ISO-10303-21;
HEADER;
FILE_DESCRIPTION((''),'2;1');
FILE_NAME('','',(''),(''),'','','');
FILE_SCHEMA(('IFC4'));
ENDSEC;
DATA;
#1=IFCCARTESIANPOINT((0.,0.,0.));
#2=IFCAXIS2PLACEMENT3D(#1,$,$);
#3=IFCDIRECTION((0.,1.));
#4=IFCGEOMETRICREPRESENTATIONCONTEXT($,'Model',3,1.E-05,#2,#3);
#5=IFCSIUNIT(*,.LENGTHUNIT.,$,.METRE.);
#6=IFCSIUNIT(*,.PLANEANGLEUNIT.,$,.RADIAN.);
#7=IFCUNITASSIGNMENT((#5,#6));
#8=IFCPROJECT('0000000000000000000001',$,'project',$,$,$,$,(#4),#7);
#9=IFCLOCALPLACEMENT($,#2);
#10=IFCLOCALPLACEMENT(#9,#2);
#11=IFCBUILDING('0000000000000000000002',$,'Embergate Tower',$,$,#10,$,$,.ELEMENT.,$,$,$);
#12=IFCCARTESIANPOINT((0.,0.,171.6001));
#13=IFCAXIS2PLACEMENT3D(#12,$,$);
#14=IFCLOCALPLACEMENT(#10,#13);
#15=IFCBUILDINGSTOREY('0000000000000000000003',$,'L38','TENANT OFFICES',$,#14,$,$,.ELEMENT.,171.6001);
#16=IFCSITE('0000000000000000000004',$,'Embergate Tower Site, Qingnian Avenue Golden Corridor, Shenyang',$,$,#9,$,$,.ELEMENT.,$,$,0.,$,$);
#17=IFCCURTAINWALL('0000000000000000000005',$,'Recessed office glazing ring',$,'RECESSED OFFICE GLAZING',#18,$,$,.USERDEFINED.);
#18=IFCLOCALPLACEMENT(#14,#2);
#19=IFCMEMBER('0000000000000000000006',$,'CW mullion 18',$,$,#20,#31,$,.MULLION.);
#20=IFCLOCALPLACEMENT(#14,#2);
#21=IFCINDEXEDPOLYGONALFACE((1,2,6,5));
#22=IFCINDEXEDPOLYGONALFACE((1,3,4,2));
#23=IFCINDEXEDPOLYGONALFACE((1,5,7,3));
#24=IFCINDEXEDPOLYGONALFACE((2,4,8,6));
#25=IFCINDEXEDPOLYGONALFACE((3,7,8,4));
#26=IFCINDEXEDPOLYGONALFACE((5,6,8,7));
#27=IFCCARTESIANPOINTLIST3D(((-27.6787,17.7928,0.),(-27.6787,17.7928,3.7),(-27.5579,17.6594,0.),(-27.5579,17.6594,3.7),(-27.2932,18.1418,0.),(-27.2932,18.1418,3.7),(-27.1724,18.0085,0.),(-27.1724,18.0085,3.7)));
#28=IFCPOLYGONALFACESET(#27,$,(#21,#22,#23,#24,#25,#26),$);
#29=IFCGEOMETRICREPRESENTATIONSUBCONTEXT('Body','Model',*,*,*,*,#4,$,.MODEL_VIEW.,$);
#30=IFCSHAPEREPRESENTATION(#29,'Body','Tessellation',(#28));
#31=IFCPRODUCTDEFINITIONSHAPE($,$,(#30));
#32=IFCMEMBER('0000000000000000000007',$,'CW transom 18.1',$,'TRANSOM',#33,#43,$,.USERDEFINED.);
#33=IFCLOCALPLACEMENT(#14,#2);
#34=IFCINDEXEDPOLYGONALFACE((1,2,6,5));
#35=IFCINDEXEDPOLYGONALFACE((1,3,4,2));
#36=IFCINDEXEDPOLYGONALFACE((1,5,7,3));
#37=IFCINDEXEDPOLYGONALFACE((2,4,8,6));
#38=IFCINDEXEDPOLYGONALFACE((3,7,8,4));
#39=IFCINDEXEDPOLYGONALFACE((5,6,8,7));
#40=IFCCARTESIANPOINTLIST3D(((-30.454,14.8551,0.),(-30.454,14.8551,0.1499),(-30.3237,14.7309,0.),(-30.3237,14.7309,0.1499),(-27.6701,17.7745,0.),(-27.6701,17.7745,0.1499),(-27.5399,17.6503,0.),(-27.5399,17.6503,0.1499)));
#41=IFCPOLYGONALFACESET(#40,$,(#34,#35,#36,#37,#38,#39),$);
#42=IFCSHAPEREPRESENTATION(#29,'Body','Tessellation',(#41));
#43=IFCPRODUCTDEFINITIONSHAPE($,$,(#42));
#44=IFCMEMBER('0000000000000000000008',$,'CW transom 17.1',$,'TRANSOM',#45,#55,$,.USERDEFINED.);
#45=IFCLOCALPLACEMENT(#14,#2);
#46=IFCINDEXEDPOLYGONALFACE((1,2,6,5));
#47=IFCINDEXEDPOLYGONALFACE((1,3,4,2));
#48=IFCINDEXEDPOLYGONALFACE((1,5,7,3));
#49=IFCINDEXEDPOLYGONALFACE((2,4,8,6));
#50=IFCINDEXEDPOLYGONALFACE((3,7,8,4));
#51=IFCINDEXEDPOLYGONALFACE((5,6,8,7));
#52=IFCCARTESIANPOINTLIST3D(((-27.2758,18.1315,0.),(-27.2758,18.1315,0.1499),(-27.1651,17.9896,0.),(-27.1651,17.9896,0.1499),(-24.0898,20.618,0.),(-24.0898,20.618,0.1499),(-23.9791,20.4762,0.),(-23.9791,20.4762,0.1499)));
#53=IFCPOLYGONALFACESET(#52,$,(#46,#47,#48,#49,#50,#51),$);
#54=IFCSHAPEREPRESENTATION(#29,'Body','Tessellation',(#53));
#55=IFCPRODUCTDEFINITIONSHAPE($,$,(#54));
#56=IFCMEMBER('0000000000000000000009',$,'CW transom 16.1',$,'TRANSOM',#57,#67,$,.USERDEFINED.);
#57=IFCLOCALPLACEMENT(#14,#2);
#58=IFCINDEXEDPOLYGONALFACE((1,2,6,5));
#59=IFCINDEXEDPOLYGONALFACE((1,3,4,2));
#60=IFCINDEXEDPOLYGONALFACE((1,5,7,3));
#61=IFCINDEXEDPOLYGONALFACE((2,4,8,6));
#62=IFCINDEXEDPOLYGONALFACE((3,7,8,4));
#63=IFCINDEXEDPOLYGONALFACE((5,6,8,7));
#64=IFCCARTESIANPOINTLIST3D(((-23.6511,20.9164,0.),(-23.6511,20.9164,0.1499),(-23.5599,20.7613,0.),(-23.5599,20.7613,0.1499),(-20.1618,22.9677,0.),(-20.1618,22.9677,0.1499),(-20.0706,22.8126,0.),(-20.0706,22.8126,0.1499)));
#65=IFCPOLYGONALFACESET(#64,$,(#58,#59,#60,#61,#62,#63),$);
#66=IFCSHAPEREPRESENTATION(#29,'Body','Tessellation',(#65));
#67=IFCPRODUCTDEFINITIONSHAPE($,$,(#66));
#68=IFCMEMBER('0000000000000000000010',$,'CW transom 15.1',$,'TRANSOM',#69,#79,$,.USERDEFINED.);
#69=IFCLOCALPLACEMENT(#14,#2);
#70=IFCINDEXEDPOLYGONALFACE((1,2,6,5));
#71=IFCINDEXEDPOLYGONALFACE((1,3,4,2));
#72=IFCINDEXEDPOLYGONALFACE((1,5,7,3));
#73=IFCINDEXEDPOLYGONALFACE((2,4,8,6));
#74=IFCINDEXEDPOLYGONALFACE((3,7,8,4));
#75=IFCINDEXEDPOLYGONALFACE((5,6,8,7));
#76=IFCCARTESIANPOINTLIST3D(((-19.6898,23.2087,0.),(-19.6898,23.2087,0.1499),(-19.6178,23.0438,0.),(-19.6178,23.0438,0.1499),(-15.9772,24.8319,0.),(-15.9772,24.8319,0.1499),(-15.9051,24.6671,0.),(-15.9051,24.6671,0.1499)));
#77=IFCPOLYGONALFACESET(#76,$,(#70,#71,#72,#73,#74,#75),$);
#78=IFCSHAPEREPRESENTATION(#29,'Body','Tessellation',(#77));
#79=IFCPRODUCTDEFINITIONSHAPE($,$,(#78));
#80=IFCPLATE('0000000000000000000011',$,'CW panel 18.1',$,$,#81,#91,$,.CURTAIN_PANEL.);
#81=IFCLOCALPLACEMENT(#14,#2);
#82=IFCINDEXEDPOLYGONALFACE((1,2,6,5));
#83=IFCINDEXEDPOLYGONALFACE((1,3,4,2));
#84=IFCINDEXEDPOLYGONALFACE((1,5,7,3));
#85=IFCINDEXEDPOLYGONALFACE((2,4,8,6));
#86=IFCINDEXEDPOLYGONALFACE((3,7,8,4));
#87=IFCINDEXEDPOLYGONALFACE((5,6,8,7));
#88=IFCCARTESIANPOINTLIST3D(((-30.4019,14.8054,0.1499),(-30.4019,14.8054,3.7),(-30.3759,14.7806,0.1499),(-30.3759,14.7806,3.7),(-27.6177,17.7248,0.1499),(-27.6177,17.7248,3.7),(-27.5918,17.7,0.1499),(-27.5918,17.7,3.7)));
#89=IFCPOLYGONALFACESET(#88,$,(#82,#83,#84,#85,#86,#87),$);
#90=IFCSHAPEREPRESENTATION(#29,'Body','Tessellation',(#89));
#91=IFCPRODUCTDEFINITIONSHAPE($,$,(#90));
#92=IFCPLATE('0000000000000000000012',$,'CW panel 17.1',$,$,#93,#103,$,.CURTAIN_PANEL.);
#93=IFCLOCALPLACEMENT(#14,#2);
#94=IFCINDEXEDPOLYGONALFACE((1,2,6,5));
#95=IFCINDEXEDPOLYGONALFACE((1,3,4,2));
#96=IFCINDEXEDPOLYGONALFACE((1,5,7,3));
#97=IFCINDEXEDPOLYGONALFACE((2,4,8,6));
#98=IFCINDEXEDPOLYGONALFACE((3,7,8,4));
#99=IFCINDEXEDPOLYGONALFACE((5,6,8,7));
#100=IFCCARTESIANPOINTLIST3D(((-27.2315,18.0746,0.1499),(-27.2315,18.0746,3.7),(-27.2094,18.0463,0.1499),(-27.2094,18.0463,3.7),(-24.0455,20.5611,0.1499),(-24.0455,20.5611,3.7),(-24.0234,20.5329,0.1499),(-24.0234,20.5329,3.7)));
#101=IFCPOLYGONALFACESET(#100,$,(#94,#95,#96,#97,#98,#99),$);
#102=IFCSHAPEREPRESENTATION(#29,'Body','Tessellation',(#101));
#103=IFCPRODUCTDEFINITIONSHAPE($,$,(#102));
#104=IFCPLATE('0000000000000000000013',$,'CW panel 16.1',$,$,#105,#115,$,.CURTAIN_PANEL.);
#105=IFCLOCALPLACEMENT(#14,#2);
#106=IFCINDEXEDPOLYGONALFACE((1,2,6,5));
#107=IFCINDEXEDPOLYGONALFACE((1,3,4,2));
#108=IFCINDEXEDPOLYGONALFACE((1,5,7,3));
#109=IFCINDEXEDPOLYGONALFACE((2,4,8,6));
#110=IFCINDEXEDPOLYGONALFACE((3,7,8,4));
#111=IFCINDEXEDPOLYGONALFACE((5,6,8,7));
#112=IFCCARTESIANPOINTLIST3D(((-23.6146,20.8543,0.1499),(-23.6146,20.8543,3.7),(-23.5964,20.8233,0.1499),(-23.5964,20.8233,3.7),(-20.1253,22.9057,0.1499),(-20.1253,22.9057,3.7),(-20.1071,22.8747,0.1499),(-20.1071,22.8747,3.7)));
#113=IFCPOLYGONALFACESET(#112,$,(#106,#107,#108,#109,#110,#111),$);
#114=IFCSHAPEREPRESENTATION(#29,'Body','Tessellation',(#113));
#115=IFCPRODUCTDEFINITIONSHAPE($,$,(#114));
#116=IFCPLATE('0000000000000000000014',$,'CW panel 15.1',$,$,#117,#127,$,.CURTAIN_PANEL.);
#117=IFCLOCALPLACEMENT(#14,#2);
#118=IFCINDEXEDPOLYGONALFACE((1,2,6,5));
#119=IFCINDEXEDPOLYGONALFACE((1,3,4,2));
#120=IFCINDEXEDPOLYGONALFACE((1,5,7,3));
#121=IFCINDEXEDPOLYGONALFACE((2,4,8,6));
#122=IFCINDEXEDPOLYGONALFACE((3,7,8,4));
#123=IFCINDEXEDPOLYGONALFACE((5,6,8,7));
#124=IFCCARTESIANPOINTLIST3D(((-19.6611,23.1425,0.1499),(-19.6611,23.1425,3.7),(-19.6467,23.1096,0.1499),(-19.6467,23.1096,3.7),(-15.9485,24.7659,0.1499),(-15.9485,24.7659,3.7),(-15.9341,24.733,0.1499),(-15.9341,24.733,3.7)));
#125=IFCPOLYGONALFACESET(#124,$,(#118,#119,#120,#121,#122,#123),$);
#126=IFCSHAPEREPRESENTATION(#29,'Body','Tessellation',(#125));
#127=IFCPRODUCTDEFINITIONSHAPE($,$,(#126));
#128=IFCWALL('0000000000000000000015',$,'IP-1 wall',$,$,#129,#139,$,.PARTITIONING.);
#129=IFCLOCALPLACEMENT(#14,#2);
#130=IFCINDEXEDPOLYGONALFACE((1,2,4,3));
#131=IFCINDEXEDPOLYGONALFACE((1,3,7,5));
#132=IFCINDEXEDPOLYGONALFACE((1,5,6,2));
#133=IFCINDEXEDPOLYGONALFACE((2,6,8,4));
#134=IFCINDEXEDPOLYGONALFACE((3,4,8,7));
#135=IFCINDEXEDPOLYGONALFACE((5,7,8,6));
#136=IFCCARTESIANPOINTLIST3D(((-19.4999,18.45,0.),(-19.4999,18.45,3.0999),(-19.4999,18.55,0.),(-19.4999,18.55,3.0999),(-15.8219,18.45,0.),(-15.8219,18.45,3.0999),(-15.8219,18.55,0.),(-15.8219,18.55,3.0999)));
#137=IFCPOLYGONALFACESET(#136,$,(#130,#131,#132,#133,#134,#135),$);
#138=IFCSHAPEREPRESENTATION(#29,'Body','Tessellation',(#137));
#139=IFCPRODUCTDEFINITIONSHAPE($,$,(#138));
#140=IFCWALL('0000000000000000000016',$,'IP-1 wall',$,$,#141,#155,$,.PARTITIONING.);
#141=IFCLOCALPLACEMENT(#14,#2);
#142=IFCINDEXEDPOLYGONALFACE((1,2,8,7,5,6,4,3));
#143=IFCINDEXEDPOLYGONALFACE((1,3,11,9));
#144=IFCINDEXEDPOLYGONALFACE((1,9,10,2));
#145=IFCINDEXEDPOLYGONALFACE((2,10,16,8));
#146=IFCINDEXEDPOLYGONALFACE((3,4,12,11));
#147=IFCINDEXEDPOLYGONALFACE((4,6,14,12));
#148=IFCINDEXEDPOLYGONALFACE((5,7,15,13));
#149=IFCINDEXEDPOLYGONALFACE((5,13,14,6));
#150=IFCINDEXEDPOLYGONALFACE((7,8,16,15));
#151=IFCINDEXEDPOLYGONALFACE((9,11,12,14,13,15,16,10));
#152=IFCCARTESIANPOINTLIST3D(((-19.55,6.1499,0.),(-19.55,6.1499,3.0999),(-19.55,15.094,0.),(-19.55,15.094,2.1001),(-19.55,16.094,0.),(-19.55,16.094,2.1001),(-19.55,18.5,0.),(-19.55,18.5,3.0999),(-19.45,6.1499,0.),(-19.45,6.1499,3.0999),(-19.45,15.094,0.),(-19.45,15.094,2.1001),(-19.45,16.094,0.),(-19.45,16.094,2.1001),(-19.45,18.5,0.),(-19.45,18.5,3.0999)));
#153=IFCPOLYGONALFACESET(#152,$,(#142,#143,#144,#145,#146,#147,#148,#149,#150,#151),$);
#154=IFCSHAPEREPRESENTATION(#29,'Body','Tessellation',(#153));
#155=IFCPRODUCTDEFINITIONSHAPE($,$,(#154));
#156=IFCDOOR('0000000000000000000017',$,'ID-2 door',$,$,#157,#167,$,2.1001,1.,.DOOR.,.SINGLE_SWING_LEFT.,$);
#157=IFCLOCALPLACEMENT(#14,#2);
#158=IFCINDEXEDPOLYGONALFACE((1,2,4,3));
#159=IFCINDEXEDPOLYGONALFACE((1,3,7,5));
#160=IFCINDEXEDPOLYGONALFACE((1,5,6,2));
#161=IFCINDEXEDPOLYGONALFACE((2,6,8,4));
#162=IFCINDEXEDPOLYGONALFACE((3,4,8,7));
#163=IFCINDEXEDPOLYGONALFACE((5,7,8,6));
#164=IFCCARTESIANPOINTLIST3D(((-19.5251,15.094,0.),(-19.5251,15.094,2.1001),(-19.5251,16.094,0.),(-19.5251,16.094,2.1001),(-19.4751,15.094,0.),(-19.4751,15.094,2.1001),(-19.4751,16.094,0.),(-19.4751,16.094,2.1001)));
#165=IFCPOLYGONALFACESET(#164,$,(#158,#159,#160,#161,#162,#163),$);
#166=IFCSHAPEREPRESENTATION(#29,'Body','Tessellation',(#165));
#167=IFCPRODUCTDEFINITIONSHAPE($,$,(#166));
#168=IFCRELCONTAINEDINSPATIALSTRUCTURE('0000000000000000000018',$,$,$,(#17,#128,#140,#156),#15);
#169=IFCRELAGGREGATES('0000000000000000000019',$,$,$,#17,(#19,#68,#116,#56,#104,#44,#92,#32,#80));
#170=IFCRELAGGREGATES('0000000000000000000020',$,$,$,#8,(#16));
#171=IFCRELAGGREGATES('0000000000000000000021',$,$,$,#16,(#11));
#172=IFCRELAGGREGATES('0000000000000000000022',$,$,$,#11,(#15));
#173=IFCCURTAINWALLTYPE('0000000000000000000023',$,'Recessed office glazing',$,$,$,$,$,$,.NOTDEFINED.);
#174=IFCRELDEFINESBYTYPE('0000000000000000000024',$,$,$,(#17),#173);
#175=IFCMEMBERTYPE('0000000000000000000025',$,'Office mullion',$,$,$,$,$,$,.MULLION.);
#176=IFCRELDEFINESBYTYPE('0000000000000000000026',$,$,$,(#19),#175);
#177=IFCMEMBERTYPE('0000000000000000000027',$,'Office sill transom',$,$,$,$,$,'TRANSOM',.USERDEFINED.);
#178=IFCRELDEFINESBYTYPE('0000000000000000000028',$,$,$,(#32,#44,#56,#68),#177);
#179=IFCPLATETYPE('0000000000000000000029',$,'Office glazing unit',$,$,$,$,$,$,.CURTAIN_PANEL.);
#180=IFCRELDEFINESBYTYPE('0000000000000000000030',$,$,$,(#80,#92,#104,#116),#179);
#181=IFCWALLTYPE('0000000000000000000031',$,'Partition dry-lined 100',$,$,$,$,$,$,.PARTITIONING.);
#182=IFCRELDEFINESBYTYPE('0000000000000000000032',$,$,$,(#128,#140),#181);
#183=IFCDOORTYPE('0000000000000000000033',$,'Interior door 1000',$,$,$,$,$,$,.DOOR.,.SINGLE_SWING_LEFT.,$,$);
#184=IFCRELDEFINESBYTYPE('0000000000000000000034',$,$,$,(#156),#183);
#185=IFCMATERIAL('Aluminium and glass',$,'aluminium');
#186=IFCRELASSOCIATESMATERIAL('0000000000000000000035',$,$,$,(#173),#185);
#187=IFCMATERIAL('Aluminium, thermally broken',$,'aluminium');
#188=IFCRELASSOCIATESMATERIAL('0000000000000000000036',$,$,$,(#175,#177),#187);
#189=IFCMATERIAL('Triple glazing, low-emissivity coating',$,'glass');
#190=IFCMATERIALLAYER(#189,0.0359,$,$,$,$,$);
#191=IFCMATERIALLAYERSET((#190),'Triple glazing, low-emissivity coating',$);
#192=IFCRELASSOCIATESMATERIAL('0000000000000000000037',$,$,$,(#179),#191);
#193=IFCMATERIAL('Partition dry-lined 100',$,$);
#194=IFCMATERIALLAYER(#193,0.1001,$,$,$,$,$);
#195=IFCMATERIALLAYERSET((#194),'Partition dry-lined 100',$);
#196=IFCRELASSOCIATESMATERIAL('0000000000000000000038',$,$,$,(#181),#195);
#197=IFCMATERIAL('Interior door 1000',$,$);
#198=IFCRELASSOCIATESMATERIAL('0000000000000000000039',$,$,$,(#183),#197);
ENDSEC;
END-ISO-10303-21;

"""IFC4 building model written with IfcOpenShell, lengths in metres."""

from ifc_helpers import new_model, si_unit, direction, frame, frame_2d, origin, origin_2d, place, context, subcontext, project, spatial, rectangle, extrude, source, transform, mapped, material, layer, layer_set, material_profile, profile_set, type_object, element, fill, aggregate, save


model = new_model("IFC4")

# Units and contexts
model_context = context("Model", 3, precision=1e-05, world=origin(), true_north=direction((0.0, 1.0)))
body_context = subcontext(model_context, "Body", "Model", "MODEL_VIEW")
ifc_project = project(units=[si_unit("LENGTHUNIT", "METRE"), si_unit("PLANEANGLEUNIT", "RADIAN")], contexts=[model_context])

# Site, building, storey
site_placement = place(None, origin())
site = spatial("IfcSite", under=ifc_project, at=site_placement, Name="Embergate Tower Site, Qingnian Avenue Golden Corridor, Shenyang", CompositionType="ELEMENT", RefElevation=0.0)
building_placement = place(site_placement, origin())
building = spatial("IfcBuilding", under=site, at=building_placement, Name="Embergate Tower", CompositionType="ELEMENT")
storey_placement = place(building_placement, frame((0.0, 0.0, 171.6001)))
storey = spatial("IfcBuildingStorey", under=building, at=storey_placement, Name="L38", Description="TENANT OFFICES", CompositionType="ELEMENT", Elevation=171.6001)

# Curtain wall, members, plates
ifc_material_1 = material(Name="Aluminium and glass", Category="aluminium")
curtain_wall_type = type_object("IfcCurtainWallType", Name="Recessed office glazing", PredefinedType="NOTDEFINED", material=ifc_material_1)
curtain_wall_placement = place(storey_placement, origin())
curtain_wall = element("IfcCurtainWall", 1, at=curtain_wall_placement, inside=storey, type_object=curtain_wall_type, Name="Recessed office glazing ring", ObjectType="RECESSED OFFICE GLAZING", PredefinedType="USERDEFINED")
ifc_material_2 = material(Name="Aluminium, thermally broken", Category="aluminium")
ifc_material_profile_1 = material_profile(ifc_material_2, rectangle(XDim=0.1799, YDim=0.52, at=origin_2d()), Name="AL 520x180")
ifc_profile_set_1 = profile_set([ifc_material_profile_1], Name="Aluminium, thermally broken")
member_type_1 = type_object("IfcMemberType", Name="Office mullion", PredefinedType="MULLION", material=ifc_profile_set_1)
shared_shape_1 = source(origin(), body_context, "Body", "SweptSolid", [
    extrude(rectangle(XDim=0.1799, YDim=0.52, at=origin_2d()), origin(), (0.0, 0.0, 1.0), 3.7),
])
member_1_placement = place(storey_placement, frame((-27.4255, 17.9006, 0.0), z_axis=(0.0, 0.0, 1.0), x_axis=(0.671221, -0.741257, 0.0)))
member_1 = element("IfcMember", 2, at=member_1_placement, type_object=member_type_1, Name="CW mullion 18", PredefinedType="MULLION", context=body_context, shape_type="MappedRepresentation", body=[
    mapped(shared_shape_1, transform((0.0, 0.0, 0.0))),
])
ifc_material_profile_2 = material_profile(ifc_material_2, rectangle(XDim=0.1799, YDim=0.1499, at=origin_2d()), Name="AL 150x180")
ifc_profile_set_2 = profile_set([ifc_material_profile_2], Name="Aluminium, thermally broken")
member_type_2 = type_object("IfcMemberType", Name="Office sill transom", ElementType="TRANSOM", PredefinedType="USERDEFINED", material=ifc_profile_set_2)
shared_shape_2 = source(origin(), body_context, "Body", "SweptSolid", [
    extrude(rectangle(XDim=0.1799, YDim=0.1499, at=origin_2d()), origin(), (0.0, 0.0, 1.0), 4.0339),
])
member_2_placement = place(storey_placement, frame((-27.605, 17.7124, 0.075), z_axis=(-0.690113, -0.723702, 0.0), x_axis=(0.723702, -0.690113, 0.0)))
member_2 = element("IfcMember", 3, at=member_2_placement, type_object=member_type_2, Name="CW transom 18.1", ObjectType="TRANSOM", PredefinedType="USERDEFINED", context=body_context, shape_type="MappedRepresentation", body=[
    mapped(shared_shape_2, transform((0.0, 0.0, 0.0))),
])
shared_shape_3 = source(origin(), body_context, "Body", "SweptSolid", [
    extrude(rectangle(XDim=0.1799, YDim=0.1499, at=origin_2d()), origin(), (0.0, 0.0, 1.0), 4.0415),
])
member_3_placement = place(storey_placement, frame((-24.0344, 20.5471, 0.075), z_axis=(-0.788327, -0.615257, 0.0), x_axis=(0.615257, -0.788327, 0.0)))
member_3 = element("IfcMember", 4, at=member_3_placement, type_object=member_type_2, Name="CW transom 17.1", ObjectType="TRANSOM", PredefinedType="USERDEFINED", context=body_context, shape_type="MappedRepresentation", body=[
    mapped(shared_shape_3, transform((0.0, 0.0, 0.0))),
])
shared_shape_4 = source(origin(), body_context, "Body", "SweptSolid", [
    extrude(rectangle(XDim=0.1799, YDim=0.1499, at=origin_2d()), origin(), (0.0, 0.0, 1.0), 4.0476),
])
member_4_placement = place(storey_placement, frame((-20.1162, 22.8901, 0.075), z_axis=(-0.862068, -0.506793, 0.0), x_axis=(0.506793, -0.862068, 0.0)))
member_4 = element("IfcMember", 5, at=member_4_placement, type_object=member_type_2, Name="CW transom 16.1", ObjectType="TRANSOM", PredefinedType="USERDEFINED", context=body_context, shape_type="MappedRepresentation", body=[
    mapped(shared_shape_4, transform((0.0, 0.0, 0.0))),
])
shared_shape_5 = source(origin(), body_context, "Body", "SweptSolid", [
    extrude(rectangle(XDim=0.1799, YDim=0.1499, at=origin_2d()), origin(), (0.0, 0.0, 1.0), 4.052),
])
member_5_placement = place(storey_placement, frame((-15.9412, 24.7495, 0.075), z_axis=(-0.916247, -0.400613, 0.0), x_axis=(0.400613, -0.916247, 0.0)))
member_5 = element("IfcMember", 6, at=member_5_placement, type_object=member_type_2, Name="CW transom 15.1", ObjectType="TRANSOM", PredefinedType="USERDEFINED", context=body_context, shape_type="MappedRepresentation", body=[
    mapped(shared_shape_5, transform((0.0, 0.0, 0.0))),
])
ifc_material_3 = material(Name="Triple glazing, low-emissivity coating", Category="glass")
ifc_layer_1 = layer(ifc_material_3, 0.0359)
ifc_layer_set_1 = layer_set([ifc_layer_1], Name="Triple glazing, low-emissivity coating")
plate_type = type_object("IfcPlateType", Name="Office glazing unit", PredefinedType="CURTAIN_PANEL", material=ifc_layer_set_1)
shared_shape_6 = source(origin(), body_context, "Body", "SweptSolid", [
    extrude(rectangle(XDim=4.0342, YDim=0.0359, at=origin_2d()), origin(), (0.0, 0.0, 1.0), 3.55),
])
plate_1_placement = place(storey_placement, frame((-28.9968, 16.2527, 0.1499), z_axis=(0.0, 0.0, 1.0), x_axis=(-0.69014, -0.723676, 0.0)))
plate_1 = element("IfcPlate", 7, at=plate_1_placement, type_object=plate_type, Name="CW panel 18.1", PredefinedType="CURTAIN_PANEL", context=body_context, shape_type="MappedRepresentation", body=[
    mapped(shared_shape_6, transform((0.0, 0.0, 0.0))),
])
shared_shape_7 = source(origin(), body_context, "Body", "SweptSolid", [
    extrude(rectangle(XDim=4.0415, YDim=0.0359, at=origin_2d()), origin(), (0.0, 0.0, 1.0), 3.55),
])
plate_2_placement = place(storey_placement, frame((-25.6274, 19.3037, 0.1499), z_axis=(0.0, 0.0, 1.0), x_axis=(-0.788324, -0.61526, 0.0)))
plate_2 = element("IfcPlate", 8, at=plate_2_placement, type_object=plate_type, Name="CW panel 17.1", PredefinedType="CURTAIN_PANEL", context=body_context, shape_type="MappedRepresentation", body=[
    mapped(shared_shape_7, transform((0.0, 0.0, 0.0))),
])
shared_shape_8 = source(origin(), body_context, "Body", "SweptSolid", [
    extrude(rectangle(XDim=4.0476, YDim=0.0359, at=origin_2d()), origin(), (0.0, 0.0, 1.0), 3.55),
])
plate_3_placement = place(storey_placement, frame((-21.8608, 21.8645, 0.1499), z_axis=(0.0, 0.0, 1.0), x_axis=(-0.862056, -0.506813, 0.0)))
plate_3 = element("IfcPlate", 9, at=plate_3_placement, type_object=plate_type, Name="CW panel 16.1", PredefinedType="CURTAIN_PANEL", context=body_context, shape_type="MappedRepresentation", body=[
    mapped(shared_shape_8, transform((0.0, 0.0, 0.0))),
])
shared_shape_9 = source(origin(), body_context, "Body", "SweptSolid", [
    extrude(rectangle(XDim=4.052, YDim=0.0359, at=origin_2d()), origin(), (0.0, 0.0, 1.0), 3.55),
])
plate_4_placement = place(storey_placement, frame((-17.7976, 23.9377, 0.1499), z_axis=(0.0, 0.0, 1.0), x_axis=(-0.916238, -0.400634, 0.0)))
plate_4 = element("IfcPlate", 10, at=plate_4_placement, type_object=plate_type, Name="CW panel 15.1", PredefinedType="CURTAIN_PANEL", context=body_context, shape_type="MappedRepresentation", body=[
    mapped(shared_shape_9, transform((0.0, 0.0, 0.0))),
])
aggregate(curtain_wall, [member_1, member_5, plate_4, member_4, plate_3, member_3, plate_2, member_2, plate_1])

# Wall
ifc_material_4 = material(Name="Partition dry-lined 100")
ifc_layer_2 = layer(ifc_material_4, 0.1001)
ifc_layer_set_2 = layer_set([ifc_layer_2], Name="Partition dry-lined 100")
wall_type = type_object("IfcWallType", Name="Partition dry-lined 100", PredefinedType="PARTITIONING", material=ifc_layer_set_2)
shared_shape_10 = source(origin(), body_context, "Body", "SweptSolid", [
    extrude(rectangle(XDim=3.678, YDim=0.1001, at=frame_2d((1.8389, 0.0))), origin(), (0.0, 0.0, 1.0), 3.0999),
])
wall_1_placement = place(storey_placement, frame((-15.822, 18.5, 0.0), z_axis=(0.0, 0.0, 1.0), x_axis=(-1.0, 0.0, 0.0)))
element("IfcWall", 11, at=wall_1_placement, inside=storey, type_object=wall_type, Name="IP-1 wall", PredefinedType="PARTITIONING", context=body_context, shape_type="MappedRepresentation", body=[
    mapped(shared_shape_10, transform((0.0, 0.0, 0.0))),
])

# Wall, opening, door
shared_shape_11 = source(origin(), body_context, "Body", "SweptSolid", [
    extrude(rectangle(XDim=12.3501, YDim=0.1001, at=frame_2d((6.175, 0.0))), origin(), (0.0, 0.0, 1.0), 3.0999),
])
wall_2_placement = place(storey_placement, frame((-19.5, 18.5, 0.0), z_axis=(0.0, 0.0, 1.0), x_axis=(0.0, -1.0, 0.0)))
wall_2 = element("IfcWall", 12, at=wall_2_placement, inside=storey, type_object=wall_type, Name="IP-1 wall", PredefinedType="PARTITIONING", context=body_context, shape_type="MappedRepresentation", body=[
    mapped(shared_shape_11, transform((0.0, 0.0, 0.0))),
])
shared_shape_12 = source(origin(), body_context, "Body", "SweptSolid", [
    extrude(rectangle(XDim=1.0, YDim=2.1001, at=frame_2d((0.5, 1.05))), frame((0.0, 0.0601, 0.0), z_axis=(0.0, -1.0, 0.0), x_axis=(1.0, 0.0, 0.0)), (0.0, 0.0, 1.0), 0.1201),
])
opening_placement = place(wall_2_placement, frame((2.406, 0.0, 0.0)))
opening = element("IfcOpeningElement", 13, at=opening_placement, cuts=wall_2, PredefinedType="OPENING", context=body_context, shape_type="MappedRepresentation", body=[
    mapped(shared_shape_12, transform((0.0, 0.0, 0.0))),
])
ifc_material_5 = material(Name="Interior door 1000")
door_type = type_object("IfcDoorType", Name="Interior door 1000", OperationType="SINGLE_SWING_LEFT", PredefinedType="DOOR", material=ifc_material_5)
shared_shape_13 = source(origin(), body_context, "Body", "SweptSolid", [
    extrude(rectangle(XDim=1.0, YDim=2.1001, at=frame_2d((0.5, 1.05))), frame((0.0, 0.0249, 0.0), z_axis=(0.0, -1.0, 0.0), x_axis=(1.0, 0.0, 0.0)), (0.0, 0.0, 1.0), 0.05),
])
door_placement = place(opening_placement, origin())
door = element("IfcDoor", 14, at=door_placement, inside=storey, type_object=door_type, Name="ID-2 door", OperationType="SINGLE_SWING_LEFT", OverallHeight=2.1001, OverallWidth=1.0, PredefinedType="DOOR", context=body_context, shape_type="MappedRepresentation", body=[
    mapped(shared_shape_13, transform((0.0, 0.0, 0.0))),
])
fill(opening, door)

save(model, "model.ifc")
